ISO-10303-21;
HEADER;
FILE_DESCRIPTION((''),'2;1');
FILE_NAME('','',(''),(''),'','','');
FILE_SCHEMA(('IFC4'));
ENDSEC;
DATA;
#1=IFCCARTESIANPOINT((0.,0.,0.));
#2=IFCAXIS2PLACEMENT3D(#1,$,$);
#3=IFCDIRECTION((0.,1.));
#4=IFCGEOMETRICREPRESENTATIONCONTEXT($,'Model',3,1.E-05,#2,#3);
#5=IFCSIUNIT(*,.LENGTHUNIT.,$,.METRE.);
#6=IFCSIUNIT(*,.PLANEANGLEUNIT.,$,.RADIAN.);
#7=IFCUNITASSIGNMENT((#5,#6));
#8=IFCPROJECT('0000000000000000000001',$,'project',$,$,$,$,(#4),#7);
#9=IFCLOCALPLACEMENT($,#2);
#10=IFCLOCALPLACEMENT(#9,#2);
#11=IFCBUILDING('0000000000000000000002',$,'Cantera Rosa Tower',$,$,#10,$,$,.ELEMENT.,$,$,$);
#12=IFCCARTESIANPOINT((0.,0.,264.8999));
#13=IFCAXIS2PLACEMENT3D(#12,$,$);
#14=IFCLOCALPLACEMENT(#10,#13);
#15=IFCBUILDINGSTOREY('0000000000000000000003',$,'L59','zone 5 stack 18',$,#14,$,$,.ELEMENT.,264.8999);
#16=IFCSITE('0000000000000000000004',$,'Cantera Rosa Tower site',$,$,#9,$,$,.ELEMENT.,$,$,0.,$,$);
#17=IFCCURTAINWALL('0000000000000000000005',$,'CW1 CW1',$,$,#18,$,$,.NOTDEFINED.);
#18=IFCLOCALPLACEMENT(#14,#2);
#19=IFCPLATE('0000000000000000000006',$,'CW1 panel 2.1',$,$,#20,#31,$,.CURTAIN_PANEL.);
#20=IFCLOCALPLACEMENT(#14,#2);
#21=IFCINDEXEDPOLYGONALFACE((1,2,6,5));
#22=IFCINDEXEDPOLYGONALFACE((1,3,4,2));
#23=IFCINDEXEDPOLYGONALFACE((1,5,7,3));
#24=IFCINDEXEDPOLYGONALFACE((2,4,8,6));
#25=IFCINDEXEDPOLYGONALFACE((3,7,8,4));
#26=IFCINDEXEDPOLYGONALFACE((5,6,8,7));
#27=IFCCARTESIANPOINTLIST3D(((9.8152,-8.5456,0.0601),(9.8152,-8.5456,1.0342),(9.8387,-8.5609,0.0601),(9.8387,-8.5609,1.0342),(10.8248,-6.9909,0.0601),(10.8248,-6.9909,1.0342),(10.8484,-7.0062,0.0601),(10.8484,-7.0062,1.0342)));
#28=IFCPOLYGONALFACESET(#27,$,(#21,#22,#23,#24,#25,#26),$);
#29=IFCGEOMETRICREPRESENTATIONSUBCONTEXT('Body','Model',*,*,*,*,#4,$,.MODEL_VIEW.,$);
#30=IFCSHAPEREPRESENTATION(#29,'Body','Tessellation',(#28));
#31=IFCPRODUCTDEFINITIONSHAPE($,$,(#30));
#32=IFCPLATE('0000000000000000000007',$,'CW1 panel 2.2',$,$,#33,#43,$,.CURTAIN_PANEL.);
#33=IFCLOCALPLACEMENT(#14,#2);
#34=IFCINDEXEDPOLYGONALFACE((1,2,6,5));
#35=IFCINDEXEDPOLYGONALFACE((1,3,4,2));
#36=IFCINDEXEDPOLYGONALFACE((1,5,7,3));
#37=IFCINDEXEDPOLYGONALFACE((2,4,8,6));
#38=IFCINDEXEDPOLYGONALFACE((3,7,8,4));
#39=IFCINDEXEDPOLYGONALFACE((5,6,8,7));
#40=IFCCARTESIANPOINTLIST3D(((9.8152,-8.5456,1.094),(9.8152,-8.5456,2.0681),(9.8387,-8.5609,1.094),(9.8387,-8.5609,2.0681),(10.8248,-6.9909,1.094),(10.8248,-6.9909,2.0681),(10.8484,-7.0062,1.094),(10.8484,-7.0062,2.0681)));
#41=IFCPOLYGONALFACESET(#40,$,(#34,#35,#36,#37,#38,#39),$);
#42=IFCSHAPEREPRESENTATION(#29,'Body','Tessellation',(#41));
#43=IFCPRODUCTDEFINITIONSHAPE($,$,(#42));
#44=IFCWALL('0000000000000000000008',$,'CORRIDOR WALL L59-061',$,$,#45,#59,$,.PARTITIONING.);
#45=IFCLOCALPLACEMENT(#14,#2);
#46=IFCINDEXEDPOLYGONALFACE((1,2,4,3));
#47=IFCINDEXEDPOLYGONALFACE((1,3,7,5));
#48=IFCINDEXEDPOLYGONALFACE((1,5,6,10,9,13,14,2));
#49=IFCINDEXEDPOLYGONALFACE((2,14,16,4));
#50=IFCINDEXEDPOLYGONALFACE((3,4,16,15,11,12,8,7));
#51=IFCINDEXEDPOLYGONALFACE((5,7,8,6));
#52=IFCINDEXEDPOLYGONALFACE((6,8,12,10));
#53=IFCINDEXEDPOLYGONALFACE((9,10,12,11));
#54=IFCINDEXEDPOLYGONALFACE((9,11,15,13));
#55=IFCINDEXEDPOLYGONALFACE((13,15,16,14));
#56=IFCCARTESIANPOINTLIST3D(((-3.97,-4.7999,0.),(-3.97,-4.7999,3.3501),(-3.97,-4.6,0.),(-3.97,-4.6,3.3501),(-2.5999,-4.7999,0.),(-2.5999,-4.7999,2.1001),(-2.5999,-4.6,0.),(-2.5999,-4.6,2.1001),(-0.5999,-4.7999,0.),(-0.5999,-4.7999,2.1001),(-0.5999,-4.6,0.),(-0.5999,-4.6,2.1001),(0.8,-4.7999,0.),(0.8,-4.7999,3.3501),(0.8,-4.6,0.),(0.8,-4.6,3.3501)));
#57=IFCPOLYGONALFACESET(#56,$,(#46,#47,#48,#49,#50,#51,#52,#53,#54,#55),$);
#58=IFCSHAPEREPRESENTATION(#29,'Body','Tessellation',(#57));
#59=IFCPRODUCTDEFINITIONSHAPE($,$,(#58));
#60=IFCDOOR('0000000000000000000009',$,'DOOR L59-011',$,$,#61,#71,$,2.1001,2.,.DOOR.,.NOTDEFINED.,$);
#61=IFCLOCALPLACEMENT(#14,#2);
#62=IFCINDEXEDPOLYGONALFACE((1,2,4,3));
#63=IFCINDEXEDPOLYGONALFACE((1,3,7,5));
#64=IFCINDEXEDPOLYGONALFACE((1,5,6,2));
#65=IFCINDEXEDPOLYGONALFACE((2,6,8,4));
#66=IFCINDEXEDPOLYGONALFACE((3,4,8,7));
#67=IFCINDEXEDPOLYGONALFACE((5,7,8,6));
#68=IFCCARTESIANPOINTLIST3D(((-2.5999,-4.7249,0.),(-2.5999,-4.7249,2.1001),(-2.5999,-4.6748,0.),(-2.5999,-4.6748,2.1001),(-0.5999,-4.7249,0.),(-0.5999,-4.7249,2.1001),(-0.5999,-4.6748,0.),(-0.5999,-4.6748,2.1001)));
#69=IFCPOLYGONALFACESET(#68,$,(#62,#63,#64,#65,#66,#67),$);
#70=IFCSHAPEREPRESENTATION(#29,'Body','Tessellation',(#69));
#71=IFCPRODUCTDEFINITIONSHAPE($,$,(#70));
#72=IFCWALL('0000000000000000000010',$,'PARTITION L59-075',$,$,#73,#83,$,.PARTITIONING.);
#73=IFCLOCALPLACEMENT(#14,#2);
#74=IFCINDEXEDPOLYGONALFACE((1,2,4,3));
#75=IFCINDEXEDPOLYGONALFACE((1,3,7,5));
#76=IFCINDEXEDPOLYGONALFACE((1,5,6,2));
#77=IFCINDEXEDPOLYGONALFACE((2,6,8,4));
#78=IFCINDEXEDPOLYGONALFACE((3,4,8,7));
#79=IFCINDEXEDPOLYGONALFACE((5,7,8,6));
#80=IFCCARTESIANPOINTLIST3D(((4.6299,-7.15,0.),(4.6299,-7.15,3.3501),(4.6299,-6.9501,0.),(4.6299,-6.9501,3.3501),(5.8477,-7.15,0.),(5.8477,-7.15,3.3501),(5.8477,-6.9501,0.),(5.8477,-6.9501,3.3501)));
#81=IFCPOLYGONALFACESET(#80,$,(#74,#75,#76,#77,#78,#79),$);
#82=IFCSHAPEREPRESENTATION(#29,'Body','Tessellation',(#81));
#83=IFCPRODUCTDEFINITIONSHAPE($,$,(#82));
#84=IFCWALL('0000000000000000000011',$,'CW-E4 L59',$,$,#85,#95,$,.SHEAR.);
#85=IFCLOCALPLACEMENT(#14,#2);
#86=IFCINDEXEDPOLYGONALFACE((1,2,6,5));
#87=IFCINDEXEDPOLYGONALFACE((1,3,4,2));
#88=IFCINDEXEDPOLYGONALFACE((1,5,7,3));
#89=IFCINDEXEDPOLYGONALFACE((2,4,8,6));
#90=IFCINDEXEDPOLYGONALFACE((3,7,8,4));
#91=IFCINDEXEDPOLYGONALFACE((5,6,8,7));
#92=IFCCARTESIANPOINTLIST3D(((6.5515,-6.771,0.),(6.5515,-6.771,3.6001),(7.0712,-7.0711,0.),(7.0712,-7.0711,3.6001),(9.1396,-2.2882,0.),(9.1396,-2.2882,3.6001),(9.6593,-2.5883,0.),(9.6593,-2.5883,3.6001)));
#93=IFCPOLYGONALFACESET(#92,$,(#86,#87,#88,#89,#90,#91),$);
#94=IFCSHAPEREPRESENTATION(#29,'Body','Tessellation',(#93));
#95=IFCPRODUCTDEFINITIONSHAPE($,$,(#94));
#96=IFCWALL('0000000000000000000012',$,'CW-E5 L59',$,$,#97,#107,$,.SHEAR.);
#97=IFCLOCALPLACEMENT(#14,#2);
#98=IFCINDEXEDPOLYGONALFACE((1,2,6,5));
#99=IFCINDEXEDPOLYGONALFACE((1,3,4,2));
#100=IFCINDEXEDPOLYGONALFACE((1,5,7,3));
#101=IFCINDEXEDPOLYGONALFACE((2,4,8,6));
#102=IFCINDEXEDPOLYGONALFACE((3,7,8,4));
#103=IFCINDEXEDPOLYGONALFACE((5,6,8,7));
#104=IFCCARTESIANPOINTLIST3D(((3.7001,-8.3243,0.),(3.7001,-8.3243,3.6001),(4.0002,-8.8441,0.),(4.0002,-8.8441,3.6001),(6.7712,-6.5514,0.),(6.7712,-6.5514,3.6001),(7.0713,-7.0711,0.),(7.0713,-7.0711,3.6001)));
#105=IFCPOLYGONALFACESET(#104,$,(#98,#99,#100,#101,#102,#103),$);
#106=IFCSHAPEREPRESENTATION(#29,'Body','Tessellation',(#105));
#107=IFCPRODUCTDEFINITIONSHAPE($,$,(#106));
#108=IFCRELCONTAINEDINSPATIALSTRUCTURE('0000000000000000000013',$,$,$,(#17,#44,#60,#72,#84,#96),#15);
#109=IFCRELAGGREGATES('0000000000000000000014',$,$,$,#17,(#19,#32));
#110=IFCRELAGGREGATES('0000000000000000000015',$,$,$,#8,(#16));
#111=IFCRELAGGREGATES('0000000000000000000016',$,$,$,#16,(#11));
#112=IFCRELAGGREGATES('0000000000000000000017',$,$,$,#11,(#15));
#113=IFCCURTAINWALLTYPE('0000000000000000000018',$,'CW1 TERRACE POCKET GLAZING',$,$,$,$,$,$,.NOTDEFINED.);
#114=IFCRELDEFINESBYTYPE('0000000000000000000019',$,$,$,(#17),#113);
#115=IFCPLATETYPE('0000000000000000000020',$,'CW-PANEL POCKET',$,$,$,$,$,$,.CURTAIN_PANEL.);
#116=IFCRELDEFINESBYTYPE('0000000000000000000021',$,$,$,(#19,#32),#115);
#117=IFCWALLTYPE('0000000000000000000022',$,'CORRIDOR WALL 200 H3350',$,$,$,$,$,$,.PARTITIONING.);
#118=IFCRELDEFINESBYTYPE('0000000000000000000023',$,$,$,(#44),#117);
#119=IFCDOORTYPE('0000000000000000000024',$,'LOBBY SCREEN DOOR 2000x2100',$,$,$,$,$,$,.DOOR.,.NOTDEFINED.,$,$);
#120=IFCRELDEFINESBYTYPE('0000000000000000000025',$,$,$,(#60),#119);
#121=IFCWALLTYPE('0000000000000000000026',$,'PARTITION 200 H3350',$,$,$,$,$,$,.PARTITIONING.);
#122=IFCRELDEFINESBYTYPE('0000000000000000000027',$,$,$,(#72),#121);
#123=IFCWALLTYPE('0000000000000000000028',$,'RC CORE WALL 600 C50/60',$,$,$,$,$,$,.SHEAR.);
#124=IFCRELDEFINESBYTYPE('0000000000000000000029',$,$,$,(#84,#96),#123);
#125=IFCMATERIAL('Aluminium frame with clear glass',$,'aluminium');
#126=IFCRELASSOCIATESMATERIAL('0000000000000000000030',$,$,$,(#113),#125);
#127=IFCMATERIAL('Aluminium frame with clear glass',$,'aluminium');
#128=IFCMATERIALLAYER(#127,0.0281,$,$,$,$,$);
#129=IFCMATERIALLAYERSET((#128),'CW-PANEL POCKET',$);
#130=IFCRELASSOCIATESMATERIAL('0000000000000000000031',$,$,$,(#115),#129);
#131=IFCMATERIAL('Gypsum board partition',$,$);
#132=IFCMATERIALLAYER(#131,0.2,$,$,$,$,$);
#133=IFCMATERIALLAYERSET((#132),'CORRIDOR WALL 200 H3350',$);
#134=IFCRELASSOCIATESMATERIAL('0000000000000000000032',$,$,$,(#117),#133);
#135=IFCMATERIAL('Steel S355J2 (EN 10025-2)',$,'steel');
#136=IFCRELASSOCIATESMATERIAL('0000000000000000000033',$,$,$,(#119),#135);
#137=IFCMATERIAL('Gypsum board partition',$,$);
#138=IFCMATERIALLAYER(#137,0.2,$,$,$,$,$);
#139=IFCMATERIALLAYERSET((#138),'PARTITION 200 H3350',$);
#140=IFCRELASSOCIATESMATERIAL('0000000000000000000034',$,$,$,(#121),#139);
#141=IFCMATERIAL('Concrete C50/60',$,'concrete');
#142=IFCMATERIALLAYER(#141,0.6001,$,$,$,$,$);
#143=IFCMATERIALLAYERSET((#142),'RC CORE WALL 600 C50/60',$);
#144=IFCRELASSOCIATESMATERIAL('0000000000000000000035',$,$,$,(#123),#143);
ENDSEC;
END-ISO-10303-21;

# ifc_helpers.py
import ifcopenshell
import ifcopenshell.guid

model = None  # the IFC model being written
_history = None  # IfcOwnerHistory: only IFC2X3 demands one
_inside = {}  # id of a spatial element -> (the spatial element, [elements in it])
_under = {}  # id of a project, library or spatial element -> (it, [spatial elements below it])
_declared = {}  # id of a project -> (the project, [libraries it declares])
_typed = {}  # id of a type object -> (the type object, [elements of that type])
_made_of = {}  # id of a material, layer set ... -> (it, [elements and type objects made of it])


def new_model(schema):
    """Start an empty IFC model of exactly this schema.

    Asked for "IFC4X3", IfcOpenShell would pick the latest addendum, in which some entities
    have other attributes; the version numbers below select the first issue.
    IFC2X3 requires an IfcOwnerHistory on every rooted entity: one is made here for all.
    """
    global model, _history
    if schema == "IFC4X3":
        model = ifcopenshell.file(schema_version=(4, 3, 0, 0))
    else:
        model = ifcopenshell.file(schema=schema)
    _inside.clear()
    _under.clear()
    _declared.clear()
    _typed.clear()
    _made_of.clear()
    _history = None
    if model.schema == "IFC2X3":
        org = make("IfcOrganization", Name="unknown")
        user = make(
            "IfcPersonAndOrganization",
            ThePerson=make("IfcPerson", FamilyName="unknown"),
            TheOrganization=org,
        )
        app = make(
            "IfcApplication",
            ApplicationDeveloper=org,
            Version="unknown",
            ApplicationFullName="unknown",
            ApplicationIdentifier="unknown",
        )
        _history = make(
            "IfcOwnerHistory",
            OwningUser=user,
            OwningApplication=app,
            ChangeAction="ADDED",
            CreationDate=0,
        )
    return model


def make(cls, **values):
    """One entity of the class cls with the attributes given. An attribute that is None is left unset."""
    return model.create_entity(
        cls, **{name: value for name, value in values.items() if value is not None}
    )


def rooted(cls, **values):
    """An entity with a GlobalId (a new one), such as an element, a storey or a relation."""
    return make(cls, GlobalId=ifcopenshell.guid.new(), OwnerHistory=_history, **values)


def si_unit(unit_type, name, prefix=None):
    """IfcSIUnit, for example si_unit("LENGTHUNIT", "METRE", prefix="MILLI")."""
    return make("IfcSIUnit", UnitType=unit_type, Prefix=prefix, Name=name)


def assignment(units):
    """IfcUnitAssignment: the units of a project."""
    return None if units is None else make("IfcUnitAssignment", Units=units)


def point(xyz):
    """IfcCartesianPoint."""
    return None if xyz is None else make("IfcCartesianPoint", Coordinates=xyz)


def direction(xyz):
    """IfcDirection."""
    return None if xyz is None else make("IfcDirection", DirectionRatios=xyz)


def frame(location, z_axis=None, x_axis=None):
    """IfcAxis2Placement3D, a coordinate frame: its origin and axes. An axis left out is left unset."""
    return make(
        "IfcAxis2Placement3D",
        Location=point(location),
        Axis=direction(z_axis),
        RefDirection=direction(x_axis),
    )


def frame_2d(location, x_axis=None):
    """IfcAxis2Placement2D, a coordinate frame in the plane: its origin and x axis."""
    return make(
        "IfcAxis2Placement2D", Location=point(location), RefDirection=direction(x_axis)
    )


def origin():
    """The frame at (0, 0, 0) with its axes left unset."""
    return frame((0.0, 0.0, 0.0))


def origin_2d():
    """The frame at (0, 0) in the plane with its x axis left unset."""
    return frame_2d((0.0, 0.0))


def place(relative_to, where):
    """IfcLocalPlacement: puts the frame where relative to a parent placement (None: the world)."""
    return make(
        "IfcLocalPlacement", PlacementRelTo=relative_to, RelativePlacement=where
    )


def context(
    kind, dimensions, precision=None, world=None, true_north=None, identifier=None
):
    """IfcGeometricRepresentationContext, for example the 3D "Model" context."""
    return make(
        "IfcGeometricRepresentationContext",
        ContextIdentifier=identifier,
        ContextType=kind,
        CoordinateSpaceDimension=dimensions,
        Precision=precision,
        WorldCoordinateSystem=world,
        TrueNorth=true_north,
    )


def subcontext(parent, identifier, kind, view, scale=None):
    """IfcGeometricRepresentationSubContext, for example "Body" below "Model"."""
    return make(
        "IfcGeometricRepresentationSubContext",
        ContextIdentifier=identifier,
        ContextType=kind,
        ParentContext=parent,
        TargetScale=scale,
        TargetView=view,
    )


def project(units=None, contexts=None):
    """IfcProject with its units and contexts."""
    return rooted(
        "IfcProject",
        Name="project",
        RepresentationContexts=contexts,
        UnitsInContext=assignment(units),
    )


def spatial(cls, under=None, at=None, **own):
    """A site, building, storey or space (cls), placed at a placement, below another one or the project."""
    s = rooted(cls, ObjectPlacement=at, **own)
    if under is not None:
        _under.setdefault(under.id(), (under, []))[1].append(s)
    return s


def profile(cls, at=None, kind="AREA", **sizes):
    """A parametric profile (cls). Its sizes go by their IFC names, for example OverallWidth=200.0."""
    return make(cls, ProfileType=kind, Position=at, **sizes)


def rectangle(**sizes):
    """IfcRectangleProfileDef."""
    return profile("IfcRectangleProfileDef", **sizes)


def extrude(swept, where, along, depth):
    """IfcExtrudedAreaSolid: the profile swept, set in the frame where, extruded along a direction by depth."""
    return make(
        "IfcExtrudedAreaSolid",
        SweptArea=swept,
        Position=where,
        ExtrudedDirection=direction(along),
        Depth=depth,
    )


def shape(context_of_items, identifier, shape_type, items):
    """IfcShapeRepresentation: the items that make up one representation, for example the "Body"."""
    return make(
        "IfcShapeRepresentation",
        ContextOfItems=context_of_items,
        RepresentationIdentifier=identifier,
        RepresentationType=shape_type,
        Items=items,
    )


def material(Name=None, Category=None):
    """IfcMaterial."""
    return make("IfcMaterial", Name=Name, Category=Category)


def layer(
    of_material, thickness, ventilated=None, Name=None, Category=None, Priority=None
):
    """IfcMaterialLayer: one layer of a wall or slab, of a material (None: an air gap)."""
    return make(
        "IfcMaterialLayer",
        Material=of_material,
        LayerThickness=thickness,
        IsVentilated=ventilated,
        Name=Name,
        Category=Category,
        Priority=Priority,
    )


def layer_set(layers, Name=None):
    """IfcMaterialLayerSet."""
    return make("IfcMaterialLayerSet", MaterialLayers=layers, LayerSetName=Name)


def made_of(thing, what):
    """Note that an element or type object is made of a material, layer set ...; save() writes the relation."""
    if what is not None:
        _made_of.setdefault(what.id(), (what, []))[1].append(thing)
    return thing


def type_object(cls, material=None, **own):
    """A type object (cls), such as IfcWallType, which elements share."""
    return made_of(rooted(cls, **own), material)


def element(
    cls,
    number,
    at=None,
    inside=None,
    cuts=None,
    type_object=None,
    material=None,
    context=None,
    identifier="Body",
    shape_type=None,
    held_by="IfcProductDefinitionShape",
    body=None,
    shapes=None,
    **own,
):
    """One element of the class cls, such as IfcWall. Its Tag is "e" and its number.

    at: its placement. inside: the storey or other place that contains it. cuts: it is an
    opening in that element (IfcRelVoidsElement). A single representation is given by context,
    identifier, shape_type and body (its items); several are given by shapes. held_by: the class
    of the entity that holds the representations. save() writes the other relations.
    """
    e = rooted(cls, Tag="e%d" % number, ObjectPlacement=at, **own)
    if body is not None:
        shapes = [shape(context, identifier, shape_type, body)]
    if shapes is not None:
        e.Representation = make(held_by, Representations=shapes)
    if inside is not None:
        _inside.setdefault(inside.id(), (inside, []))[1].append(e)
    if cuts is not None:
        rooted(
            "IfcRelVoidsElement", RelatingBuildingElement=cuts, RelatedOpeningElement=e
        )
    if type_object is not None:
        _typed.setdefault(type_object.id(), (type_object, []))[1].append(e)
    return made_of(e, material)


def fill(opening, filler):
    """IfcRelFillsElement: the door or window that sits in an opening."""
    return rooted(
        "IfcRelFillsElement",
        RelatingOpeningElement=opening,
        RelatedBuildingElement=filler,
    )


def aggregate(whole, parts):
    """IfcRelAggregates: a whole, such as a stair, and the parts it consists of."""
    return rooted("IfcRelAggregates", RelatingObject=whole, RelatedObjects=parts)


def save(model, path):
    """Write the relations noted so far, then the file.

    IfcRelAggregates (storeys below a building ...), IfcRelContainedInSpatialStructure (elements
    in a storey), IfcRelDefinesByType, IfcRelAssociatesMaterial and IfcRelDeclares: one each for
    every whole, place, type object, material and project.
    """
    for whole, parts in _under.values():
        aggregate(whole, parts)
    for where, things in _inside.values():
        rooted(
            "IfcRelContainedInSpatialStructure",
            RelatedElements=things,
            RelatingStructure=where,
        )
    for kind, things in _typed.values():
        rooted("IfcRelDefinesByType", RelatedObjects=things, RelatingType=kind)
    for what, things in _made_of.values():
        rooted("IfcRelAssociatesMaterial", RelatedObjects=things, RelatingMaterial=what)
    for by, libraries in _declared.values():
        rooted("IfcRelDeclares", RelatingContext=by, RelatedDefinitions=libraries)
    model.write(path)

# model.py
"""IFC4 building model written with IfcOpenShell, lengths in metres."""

from ifc_helpers import new_model, si_unit, direction, frame, frame_2d, origin, origin_2d, place, context, subcontext, project, spatial, rectangle, extrude, material, layer, layer_set, type_object, element, fill, aggregate, save


model = new_model("IFC4")

# Units and contexts
model_context = context("Model", 3, precision=1e-05, world=origin(), true_north=direction((0.0, 1.0)))
body_context = subcontext(model_context, "Body", "Model", "MODEL_VIEW")
ifc_project = project(units=[si_unit("LENGTHUNIT", "METRE"), si_unit("PLANEANGLEUNIT", "RADIAN")], contexts=[model_context])

# Site, building, storey
site_placement = place(None, origin())
site = spatial("IfcSite", under=ifc_project, at=site_placement, Name="Cantera Rosa Tower site", CompositionType="ELEMENT", RefElevation=0.0)
building_placement = place(site_placement, origin())
building = spatial("IfcBuilding", under=site, at=building_placement, Name="Cantera Rosa Tower", CompositionType="ELEMENT")
storey_placement = place(building_placement, frame((0.0, 0.0, 264.8999)))
storey = spatial("IfcBuildingStorey", under=building, at=storey_placement, Name="L59", Description="zone 5 stack 18", CompositionType="ELEMENT", Elevation=264.8999)

# Curtain wall
ifc_material_1 = material(Name="Aluminium frame with clear glass", Category="aluminium")
curtain_wall_type = type_object("IfcCurtainWallType", Name="CW1 TERRACE POCKET GLAZING", PredefinedType="NOTDEFINED", material=ifc_material_1)
curtain_wall_placement = place(storey_placement, origin())
curtain_wall = element("IfcCurtainWall", 1, at=curtain_wall_placement, inside=storey, type_object=curtain_wall_type, Name="CW1 CW1", PredefinedType="NOTDEFINED")

# Plates
ifc_material_2 = material(Name="Aluminium frame with clear glass", Category="aluminium")
ifc_layer_1 = layer(ifc_material_2, 0.0281)
ifc_layer_set_1 = layer_set([ifc_layer_1], Name="CW-PANEL POCKET")
plate_type = type_object("IfcPlateType", Name="CW-PANEL POCKET", PredefinedType="CURTAIN_PANEL", material=ifc_layer_set_1)
plate_1_placement = place(storey_placement, frame((10.3318, -7.7759, 0.0601), z_axis=(0.0, 0.0, 1.0), x_axis=(0.544639, 0.838671, 0.0)))
plate_1 = element("IfcPlate", 2, at=plate_1_placement, type_object=plate_type, Name="CW1 panel 2.1", PredefinedType="CURTAIN_PANEL", context=body_context, shape_type="SweptSolid", body=[
    extrude(rectangle(XDim=1.8538, YDim=0.0281, at=origin_2d()), origin(), (0.0, 0.0, 1.0), 0.9741),
])
plate_2_placement = place(storey_placement, frame((10.3318, -7.7759, 1.094), z_axis=(0.0, 0.0, 1.0), x_axis=(0.544639, 0.838671, 0.0)))
plate_2 = element("IfcPlate", 3, at=plate_2_placement, type_object=plate_type, Name="CW1 panel 2.2", PredefinedType="CURTAIN_PANEL", context=body_context, shape_type="SweptSolid", body=[
    extrude(rectangle(XDim=1.8538, YDim=0.0281, at=origin_2d()), origin(), (0.0, 0.0, 1.0), 0.9741),
])
aggregate(curtain_wall, [plate_1, plate_2])

# Wall, opening, door
ifc_material_3 = material(Name="Gypsum board partition")
ifc_layer_2 = layer(ifc_material_3, 0.2)
ifc_layer_set_2 = layer_set([ifc_layer_2], Name="CORRIDOR WALL 200 H3350")
wall_type_1 = type_object("IfcWallType", Name="CORRIDOR WALL 200 H3350", PredefinedType="PARTITIONING", material=ifc_layer_set_2)
wall_1_placement = place(storey_placement, frame((0.8, -4.7, 0.0), z_axis=(0.0, 0.0, 1.0), x_axis=(-1.0, 0.0, 0.0)))
wall_1 = element("IfcWall", 4, at=wall_1_placement, inside=storey, type_object=wall_type_1, Name="CORRIDOR WALL L59-061", PredefinedType="PARTITIONING", context=body_context, shape_type="SweptSolid", body=[
    extrude(rectangle(XDim=4.77, YDim=0.2, at=frame_2d((2.385, 0.0))), origin(), (0.0, 0.0, 1.0), 3.3501),
])
opening_1_placement = place(wall_1_placement, frame((1.3999, 0.0, 0.0)))
opening_1 = element("IfcOpeningElement", 5, at=opening_1_placement, cuts=wall_1, PredefinedType="OPENING", context=body_context, shape_type="SweptSolid", body=[
    extrude(rectangle(XDim=2.0, YDim=2.1001, at=frame_2d((1.0, 1.05))), frame((0.0, 0.1099, 0.0), z_axis=(0.0, -1.0, 0.0), x_axis=(1.0, 0.0, 0.0)), (0.0, 0.0, 1.0), 0.22),
])
ifc_material_4 = material(Name="Steel S355J2 (EN 10025-2)", Category="steel")
door_type_1 = type_object("IfcDoorType", Name="LOBBY SCREEN DOOR 2000x2100", OperationType="NOTDEFINED", PredefinedType="DOOR", material=ifc_material_4)
door_1_placement = place(opening_1_placement, origin())
door_1 = element("IfcDoor", 6, at=door_1_placement, inside=storey, type_object=door_type_1, Name="DOOR L59-011", OperationType="NOTDEFINED", OverallHeight=2.1001, OverallWidth=2.0, PredefinedType="DOOR", context=body_context, shape_type="SweptSolid", body=[
    extrude(rectangle(XDim=2.0, YDim=2.1001, at=frame_2d((1.0, 1.05))), frame((0.0, 0.0249, 0.0), z_axis=(0.0, -1.0, 0.0), x_axis=(1.0, 0.0, 0.0)), (0.0, 0.0, 1.0), 0.05),
])
fill(opening_1, door_1)

# Walls
ifc_material_5 = material(Name="Gypsum board partition")
ifc_layer_3 = layer(ifc_material_5, 0.2)
ifc_layer_set_3 = layer_set([ifc_layer_3], Name="PARTITION 200 H3350")
wall_type_2 = type_object("IfcWallType", Name="PARTITION 200 H3350", PredefinedType="PARTITIONING", material=ifc_layer_set_3)
wall_2_placement = place(storey_placement, frame((5.8477, -7.05, 0.0), z_axis=(0.0, 0.0, 1.0), x_axis=(-1.0, 0.0, 0.0)))
element("IfcWall", 7, at=wall_2_placement, inside=storey, type_object=wall_type_2, Name="PARTITION L59-075", PredefinedType="PARTITIONING", context=body_context, shape_type="SweptSolid", body=[
    extrude(rectangle(XDim=1.2178, YDim=0.2, at=frame_2d((0.6089, 0.0))), origin(), (0.0, 0.0, 1.0), 3.3501),
])
ifc_material_6 = material(Name="Concrete C50/60", Category="concrete")
ifc_layer_4 = layer(ifc_material_6, 0.6001)
ifc_layer_set_4 = layer_set([ifc_layer_4], Name="RC CORE WALL 600 C50/60")
wall_type_3 = type_object("IfcWallType", Name="RC CORE WALL 600 C50/60", PredefinedType="SHEAR", material=ifc_layer_set_4)
wall_3_placement = place(storey_placement, frame((9.3994, -2.4382, 0.0), z_axis=(0.0, 0.0, 1.0), x_axis=(-0.499989, -0.866032, 0.0)))
element("IfcWall", 8, at=wall_3_placement, inside=storey, type_object=wall_type_3, Name="CW-E4 L59", PredefinedType="SHEAR", context=body_context, shape_type="SweptSolid", body=[
    extrude(rectangle(XDim=5.1763, YDim=0.6001, at=frame_2d((2.5881, 0.0))), origin(), (0.0, 0.0, 1.0), 3.6001),
])
wall_4_placement = place(storey_placement, frame((6.9211, -6.8113, 0.0), z_axis=(0.0, 0.0, 1.0), x_axis=(-0.86604, -0.499975, 0.0)))
element("IfcWall", 9, at=wall_4_placement, inside=storey, type_object=wall_type_3, Name="CW-E5 L59", PredefinedType="SHEAR", context=body_context, shape_type="SweptSolid", body=[
    extrude(rectangle(XDim=3.5461, YDim=0.6001, at=frame_2d((1.7729, 0.0))), origin(), (0.0, 0.0, 1.0), 3.6001),
])

save(model, "model.ifc")
